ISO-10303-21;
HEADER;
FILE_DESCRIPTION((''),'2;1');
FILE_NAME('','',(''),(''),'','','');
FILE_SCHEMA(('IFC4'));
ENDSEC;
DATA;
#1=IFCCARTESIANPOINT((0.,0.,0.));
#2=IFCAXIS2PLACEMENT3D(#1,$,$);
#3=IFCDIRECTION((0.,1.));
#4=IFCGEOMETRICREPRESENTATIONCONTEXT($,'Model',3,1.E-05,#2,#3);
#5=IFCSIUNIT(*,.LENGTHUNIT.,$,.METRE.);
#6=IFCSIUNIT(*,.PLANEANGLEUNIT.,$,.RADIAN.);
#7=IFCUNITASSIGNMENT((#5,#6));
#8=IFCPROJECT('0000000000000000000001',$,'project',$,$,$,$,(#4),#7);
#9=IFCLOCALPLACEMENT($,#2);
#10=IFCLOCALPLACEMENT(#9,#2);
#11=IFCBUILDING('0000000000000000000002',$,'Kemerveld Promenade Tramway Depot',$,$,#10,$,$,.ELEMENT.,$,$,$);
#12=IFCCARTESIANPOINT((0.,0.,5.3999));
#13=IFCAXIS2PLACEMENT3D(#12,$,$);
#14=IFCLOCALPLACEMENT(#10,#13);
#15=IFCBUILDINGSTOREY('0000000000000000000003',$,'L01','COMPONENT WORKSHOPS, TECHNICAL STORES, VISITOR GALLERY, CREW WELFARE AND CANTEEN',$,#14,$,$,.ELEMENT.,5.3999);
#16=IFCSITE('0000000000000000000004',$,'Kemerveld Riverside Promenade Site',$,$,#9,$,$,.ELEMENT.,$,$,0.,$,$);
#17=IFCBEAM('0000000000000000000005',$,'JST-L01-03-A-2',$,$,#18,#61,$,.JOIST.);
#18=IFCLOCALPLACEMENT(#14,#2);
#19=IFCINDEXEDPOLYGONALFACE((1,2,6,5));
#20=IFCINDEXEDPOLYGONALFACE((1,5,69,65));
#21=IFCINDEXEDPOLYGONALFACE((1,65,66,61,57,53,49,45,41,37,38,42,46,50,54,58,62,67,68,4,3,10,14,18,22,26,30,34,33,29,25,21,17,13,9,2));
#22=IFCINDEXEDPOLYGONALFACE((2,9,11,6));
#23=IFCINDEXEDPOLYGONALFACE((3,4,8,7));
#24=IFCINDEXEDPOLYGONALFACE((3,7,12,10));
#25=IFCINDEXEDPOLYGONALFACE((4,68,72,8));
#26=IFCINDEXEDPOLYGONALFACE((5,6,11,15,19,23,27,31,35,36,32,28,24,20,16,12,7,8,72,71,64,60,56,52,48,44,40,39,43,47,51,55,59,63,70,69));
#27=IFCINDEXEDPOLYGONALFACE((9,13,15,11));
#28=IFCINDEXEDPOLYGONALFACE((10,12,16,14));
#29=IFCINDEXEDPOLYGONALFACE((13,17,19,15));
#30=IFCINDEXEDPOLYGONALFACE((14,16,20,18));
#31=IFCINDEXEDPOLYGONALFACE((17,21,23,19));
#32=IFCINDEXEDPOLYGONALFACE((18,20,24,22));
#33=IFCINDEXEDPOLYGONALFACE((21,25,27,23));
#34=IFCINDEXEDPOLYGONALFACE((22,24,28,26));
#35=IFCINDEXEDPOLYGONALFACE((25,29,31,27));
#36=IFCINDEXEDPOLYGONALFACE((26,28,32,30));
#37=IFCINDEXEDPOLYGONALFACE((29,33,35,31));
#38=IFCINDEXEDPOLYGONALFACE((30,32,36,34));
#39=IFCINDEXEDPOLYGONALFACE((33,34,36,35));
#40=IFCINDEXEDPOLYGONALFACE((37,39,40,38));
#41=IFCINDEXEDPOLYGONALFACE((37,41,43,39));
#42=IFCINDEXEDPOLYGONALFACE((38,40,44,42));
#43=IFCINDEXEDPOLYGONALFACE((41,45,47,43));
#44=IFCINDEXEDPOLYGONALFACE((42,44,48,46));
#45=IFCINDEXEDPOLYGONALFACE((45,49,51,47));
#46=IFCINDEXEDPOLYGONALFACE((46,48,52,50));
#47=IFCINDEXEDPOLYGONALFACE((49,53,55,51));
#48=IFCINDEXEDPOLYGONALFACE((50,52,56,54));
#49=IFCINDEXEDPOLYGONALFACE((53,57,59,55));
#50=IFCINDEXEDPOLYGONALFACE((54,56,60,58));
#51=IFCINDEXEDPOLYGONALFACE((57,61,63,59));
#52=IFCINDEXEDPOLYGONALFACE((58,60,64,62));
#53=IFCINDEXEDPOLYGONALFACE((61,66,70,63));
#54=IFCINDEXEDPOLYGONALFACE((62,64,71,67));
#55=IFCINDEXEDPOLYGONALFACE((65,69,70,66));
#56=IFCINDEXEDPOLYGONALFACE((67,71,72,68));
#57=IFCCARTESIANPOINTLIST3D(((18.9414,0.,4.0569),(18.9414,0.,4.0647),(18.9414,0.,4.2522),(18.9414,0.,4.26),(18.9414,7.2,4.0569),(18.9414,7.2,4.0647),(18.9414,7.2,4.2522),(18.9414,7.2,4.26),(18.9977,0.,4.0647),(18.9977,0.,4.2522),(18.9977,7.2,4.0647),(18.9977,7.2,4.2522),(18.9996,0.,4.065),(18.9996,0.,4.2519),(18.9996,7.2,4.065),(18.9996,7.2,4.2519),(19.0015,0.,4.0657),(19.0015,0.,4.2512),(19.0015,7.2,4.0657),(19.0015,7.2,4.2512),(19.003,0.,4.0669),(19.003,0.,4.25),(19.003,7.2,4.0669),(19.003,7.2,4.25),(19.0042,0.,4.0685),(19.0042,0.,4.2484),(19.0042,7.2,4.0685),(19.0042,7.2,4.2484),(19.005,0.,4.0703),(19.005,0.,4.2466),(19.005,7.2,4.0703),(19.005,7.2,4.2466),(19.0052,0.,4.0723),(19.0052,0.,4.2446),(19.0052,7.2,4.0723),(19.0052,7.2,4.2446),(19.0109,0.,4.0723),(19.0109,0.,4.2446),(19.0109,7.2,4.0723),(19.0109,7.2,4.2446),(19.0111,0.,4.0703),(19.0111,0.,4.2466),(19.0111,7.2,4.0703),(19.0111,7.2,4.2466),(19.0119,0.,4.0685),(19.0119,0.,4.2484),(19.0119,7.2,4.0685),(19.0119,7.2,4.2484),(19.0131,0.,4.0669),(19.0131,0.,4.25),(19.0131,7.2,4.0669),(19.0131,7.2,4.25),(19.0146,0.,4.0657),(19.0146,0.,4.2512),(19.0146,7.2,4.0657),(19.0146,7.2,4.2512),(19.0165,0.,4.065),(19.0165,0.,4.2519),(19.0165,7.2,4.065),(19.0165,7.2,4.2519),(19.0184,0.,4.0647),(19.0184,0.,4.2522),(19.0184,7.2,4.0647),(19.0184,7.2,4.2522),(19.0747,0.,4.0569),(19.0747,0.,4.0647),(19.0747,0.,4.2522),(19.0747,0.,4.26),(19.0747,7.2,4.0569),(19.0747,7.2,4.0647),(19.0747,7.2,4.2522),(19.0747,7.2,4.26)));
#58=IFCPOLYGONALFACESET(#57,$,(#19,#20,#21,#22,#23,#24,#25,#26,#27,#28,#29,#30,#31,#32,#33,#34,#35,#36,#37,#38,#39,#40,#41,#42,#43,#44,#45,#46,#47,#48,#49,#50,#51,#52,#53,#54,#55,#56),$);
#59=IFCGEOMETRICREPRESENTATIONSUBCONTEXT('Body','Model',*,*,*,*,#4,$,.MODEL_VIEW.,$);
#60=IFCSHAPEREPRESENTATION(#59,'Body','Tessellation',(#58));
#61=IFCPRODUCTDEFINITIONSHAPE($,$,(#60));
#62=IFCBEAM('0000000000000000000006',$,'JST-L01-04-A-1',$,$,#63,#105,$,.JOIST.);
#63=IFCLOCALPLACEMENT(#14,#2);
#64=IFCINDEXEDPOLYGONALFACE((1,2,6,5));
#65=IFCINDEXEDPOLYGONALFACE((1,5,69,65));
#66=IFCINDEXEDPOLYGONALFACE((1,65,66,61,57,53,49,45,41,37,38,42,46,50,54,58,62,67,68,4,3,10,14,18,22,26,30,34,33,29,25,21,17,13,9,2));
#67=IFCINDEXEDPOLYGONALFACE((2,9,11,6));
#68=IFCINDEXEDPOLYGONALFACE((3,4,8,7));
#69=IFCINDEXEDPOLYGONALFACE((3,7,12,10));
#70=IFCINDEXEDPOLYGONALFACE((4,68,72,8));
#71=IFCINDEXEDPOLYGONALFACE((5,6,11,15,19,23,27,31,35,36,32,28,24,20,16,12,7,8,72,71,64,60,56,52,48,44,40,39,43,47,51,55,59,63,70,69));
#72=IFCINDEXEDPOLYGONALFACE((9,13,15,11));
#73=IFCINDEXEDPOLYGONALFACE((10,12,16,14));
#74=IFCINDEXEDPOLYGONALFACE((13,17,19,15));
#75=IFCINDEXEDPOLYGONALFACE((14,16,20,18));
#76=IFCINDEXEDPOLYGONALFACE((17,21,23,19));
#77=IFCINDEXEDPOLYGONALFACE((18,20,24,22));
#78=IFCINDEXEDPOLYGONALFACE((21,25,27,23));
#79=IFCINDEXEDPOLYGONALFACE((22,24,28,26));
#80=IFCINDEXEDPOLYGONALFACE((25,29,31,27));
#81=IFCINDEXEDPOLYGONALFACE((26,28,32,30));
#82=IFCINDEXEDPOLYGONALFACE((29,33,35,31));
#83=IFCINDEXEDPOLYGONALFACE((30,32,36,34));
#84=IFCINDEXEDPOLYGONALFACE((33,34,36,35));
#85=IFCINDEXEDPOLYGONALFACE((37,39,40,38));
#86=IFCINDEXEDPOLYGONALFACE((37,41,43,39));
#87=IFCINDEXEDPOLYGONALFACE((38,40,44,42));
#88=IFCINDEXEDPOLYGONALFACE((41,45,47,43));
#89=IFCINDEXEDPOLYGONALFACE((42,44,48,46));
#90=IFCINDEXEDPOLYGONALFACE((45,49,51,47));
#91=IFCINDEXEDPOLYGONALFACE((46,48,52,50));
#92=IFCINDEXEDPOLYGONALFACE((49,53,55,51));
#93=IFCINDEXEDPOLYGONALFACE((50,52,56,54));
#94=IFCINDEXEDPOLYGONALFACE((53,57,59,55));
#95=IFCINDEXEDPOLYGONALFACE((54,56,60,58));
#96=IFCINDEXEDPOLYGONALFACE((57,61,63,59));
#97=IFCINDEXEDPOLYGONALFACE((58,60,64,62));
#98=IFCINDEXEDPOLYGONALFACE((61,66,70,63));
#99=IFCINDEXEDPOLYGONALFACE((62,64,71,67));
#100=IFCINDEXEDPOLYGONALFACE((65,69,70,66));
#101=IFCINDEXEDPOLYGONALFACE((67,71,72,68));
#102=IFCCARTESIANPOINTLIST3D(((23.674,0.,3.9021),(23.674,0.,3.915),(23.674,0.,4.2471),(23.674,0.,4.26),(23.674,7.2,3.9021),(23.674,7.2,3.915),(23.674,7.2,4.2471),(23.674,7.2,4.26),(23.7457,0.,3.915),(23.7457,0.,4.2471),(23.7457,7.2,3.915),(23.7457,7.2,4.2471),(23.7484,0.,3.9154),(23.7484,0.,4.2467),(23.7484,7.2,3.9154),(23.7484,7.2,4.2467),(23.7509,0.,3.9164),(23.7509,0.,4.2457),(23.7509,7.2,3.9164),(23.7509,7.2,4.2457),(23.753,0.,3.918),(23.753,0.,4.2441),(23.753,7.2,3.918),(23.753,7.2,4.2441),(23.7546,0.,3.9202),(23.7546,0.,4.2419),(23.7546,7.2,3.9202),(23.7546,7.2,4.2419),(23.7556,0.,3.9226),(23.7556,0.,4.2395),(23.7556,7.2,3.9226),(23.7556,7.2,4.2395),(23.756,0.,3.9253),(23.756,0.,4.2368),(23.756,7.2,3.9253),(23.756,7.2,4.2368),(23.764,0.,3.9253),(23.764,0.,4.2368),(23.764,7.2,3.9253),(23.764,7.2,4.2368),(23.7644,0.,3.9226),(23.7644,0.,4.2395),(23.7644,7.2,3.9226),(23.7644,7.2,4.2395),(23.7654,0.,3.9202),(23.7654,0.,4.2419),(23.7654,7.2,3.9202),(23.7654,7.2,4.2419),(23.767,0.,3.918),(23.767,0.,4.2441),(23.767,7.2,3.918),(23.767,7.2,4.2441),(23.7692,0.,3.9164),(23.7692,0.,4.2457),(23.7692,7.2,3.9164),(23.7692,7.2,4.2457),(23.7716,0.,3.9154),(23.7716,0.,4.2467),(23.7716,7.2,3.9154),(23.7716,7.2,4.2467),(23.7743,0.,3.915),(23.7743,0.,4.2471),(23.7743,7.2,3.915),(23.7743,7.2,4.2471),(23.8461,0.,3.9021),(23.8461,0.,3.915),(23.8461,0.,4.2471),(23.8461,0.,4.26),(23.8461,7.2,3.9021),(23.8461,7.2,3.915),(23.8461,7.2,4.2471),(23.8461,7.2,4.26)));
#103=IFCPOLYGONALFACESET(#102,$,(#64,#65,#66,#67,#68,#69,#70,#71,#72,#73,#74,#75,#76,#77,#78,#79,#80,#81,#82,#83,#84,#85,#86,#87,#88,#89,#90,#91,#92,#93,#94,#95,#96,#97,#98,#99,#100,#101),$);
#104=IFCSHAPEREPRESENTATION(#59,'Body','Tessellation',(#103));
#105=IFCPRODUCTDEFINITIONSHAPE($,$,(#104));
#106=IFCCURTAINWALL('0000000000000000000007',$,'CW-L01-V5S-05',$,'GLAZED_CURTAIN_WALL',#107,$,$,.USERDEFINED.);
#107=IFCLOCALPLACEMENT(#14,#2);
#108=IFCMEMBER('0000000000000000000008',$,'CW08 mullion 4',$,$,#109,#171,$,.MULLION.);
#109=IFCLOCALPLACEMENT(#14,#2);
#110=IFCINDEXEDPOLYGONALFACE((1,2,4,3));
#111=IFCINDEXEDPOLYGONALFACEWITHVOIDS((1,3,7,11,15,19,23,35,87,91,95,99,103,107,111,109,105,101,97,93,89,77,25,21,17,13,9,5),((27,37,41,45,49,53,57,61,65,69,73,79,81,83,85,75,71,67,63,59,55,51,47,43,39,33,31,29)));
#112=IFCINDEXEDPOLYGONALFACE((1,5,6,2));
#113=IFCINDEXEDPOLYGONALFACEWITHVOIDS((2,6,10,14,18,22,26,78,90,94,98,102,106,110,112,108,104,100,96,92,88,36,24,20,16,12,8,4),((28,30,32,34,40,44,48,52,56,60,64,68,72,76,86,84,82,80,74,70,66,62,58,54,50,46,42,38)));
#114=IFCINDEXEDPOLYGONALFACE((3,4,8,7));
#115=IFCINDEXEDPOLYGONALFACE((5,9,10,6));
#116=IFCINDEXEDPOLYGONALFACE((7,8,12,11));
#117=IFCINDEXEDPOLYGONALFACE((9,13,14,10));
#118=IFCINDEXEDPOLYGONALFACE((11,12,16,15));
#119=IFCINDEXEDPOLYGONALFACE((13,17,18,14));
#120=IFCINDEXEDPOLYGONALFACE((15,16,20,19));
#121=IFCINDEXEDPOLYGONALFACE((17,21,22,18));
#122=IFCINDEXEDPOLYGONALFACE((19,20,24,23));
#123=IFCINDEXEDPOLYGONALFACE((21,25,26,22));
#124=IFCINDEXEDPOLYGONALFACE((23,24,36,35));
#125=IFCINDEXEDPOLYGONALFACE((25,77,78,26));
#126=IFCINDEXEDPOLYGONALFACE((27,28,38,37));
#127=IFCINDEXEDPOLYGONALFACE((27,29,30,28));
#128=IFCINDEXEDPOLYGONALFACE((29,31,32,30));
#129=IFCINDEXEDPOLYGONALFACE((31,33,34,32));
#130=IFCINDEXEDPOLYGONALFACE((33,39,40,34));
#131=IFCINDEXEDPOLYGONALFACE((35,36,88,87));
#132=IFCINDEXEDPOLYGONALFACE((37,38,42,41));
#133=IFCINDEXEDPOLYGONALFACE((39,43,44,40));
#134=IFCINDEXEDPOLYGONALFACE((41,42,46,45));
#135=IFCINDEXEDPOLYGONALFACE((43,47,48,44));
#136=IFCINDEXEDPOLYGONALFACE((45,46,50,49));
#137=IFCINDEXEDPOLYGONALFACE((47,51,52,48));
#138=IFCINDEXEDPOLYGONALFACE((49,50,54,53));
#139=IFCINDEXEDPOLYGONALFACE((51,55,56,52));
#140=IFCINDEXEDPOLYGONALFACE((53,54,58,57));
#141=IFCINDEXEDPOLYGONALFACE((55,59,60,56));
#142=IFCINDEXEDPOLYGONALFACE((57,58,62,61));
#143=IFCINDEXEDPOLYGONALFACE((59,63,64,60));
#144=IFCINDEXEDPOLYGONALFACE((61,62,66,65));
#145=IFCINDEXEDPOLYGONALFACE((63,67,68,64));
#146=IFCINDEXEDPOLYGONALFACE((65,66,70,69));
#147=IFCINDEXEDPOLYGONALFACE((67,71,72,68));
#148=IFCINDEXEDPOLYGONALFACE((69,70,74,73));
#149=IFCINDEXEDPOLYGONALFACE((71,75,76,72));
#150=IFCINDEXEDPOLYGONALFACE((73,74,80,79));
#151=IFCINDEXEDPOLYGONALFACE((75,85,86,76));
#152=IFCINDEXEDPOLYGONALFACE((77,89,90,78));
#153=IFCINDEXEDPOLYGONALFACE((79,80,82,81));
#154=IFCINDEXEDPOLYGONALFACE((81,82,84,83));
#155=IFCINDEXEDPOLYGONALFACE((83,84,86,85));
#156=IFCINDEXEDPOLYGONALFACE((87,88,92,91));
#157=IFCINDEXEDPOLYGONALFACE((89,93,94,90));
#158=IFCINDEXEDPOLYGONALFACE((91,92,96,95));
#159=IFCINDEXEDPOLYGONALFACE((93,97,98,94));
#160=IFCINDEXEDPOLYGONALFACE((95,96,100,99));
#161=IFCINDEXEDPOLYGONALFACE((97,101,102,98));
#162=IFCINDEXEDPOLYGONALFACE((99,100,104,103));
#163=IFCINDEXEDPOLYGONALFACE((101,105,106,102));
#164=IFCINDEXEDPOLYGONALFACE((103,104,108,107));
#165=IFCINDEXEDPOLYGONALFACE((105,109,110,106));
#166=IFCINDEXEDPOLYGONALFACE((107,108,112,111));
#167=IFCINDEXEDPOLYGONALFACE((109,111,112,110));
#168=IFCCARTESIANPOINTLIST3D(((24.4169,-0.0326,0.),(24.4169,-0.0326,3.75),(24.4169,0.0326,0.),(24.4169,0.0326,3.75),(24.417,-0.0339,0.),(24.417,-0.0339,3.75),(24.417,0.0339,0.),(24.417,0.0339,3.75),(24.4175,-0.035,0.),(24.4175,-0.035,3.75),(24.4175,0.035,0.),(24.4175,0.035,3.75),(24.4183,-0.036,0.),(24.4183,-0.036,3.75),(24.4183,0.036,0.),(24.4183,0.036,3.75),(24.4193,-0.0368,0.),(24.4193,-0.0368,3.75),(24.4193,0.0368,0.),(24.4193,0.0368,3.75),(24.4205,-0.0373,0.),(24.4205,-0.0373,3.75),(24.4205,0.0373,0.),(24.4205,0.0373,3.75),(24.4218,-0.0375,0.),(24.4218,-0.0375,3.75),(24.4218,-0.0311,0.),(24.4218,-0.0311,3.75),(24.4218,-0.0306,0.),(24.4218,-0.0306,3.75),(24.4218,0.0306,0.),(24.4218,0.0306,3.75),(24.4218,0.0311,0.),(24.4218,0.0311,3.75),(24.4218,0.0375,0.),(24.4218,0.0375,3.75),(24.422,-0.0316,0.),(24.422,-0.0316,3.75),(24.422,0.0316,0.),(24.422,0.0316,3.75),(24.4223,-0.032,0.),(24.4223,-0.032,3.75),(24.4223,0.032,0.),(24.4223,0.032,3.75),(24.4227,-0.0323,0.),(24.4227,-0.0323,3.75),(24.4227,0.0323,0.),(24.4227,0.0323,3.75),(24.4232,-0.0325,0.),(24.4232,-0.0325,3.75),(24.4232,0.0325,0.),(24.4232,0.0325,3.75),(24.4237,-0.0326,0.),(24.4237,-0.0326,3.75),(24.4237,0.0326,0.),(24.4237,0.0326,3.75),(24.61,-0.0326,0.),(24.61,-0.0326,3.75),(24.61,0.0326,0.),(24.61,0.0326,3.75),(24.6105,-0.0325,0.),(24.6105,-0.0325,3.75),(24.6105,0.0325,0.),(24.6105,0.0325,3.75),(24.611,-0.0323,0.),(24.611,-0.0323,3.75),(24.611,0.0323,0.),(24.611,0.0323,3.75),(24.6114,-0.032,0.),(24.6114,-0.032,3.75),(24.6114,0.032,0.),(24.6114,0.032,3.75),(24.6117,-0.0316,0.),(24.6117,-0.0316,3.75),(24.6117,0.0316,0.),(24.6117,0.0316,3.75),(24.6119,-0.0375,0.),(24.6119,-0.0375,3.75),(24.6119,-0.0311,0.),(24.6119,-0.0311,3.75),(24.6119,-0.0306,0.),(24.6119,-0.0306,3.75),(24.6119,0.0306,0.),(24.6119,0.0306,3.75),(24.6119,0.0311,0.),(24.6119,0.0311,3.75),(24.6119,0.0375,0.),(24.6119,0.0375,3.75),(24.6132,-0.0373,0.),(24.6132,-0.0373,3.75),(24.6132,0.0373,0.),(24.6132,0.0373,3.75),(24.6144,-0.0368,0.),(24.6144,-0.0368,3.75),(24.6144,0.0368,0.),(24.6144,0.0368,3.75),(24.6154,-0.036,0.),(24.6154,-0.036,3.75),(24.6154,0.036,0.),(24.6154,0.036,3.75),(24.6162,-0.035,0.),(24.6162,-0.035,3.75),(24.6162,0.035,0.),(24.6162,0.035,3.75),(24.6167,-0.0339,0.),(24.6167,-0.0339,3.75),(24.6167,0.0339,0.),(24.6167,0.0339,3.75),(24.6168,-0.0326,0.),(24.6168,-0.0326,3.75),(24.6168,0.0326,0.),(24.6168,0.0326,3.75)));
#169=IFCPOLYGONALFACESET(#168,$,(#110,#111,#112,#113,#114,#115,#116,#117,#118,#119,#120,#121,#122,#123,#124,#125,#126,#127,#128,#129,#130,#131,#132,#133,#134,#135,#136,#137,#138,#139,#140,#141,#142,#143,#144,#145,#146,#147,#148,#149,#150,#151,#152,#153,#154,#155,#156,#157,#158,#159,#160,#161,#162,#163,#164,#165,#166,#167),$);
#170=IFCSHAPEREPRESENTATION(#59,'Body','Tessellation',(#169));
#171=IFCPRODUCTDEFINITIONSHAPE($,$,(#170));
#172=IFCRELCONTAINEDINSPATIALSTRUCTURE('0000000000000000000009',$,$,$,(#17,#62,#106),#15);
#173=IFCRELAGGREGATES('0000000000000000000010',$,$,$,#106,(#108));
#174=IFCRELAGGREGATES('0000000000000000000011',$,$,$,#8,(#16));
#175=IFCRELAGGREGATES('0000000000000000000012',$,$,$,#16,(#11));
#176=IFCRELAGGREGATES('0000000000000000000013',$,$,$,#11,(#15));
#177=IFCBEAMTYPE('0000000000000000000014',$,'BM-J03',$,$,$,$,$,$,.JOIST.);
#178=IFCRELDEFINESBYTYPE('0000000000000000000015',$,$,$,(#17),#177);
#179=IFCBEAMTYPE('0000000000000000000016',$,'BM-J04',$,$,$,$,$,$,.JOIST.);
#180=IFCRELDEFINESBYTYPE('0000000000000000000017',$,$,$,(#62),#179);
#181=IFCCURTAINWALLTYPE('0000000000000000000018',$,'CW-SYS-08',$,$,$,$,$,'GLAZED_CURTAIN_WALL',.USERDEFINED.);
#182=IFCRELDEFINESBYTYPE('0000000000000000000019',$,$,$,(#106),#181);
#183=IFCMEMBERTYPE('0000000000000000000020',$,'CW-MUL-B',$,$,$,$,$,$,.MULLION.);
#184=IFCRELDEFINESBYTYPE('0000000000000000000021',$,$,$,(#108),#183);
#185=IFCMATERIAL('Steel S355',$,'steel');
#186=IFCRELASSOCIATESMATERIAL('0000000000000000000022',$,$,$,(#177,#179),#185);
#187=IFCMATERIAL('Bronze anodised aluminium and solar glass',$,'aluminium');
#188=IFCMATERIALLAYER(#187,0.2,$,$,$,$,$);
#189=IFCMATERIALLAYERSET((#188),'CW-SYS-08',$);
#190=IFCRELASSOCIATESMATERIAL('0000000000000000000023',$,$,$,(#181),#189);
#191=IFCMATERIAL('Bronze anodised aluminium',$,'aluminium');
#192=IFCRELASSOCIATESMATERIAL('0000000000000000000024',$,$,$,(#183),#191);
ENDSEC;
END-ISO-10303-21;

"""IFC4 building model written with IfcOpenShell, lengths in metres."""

from ifc_helpers import new_model, si_unit, direction, frame, origin, origin_2d, place, context, subcontext, project, spatial, hollow_rectangle, i_section, extrude, material, layer, layer_set, material_profile, profile_set, type_object, element, aggregate, save


model = new_model("IFC4")

# Units and contexts
model_context = context("Model", 3, precision=1e-05, world=origin(), true_north=direction((0.0, 1.0)))
body_context = subcontext(model_context, "Body", "Model", "MODEL_VIEW")
ifc_project = project(units=[si_unit("LENGTHUNIT", "METRE"), si_unit("PLANEANGLEUNIT", "RADIAN")], contexts=[model_context])

# Site, building, storey
site_placement = place(None, origin())
site = spatial("IfcSite", under=ifc_project, at=site_placement, Name="Kemerveld Riverside Promenade Site", CompositionType="ELEMENT", RefElevation=0.0)
building_placement = place(site_placement, origin())
building = spatial("IfcBuilding", under=site, at=building_placement, Name="Kemerveld Promenade Tramway Depot", CompositionType="ELEMENT")
storey_placement = place(building_placement, frame((0.0, 0.0, 5.3999)))
storey = spatial("IfcBuildingStorey", under=building, at=storey_placement, Name="L01", Description="COMPONENT WORKSHOPS, TECHNICAL STORES, VISITOR GALLERY, CREW WELFARE AND CANTEEN", CompositionType="ELEMENT", Elevation=5.3999)

# Shared definitions
ifc_material_1 = material(Name="Steel S355", Category="steel")

# Beams
ifc_material_profile_1 = material_profile(ifc_material_1, i_section(OverallWidth=0.1333, OverallDepth=0.2031, WebThickness=0.0056, FlangeThickness=0.0078, FilletRadius=0.0076, at=origin_2d()), Name="203x133x25 UB")
ifc_profile_set_1 = profile_set([ifc_material_profile_1], Name="Steel S355")
beam_type_1 = type_object("IfcBeamType", Name="BM-J03", PredefinedType="JOIST", material=ifc_profile_set_1)
beam_1_placement = place(storey_placement, frame((19.0081, 0.0, 4.1584), z_axis=(0.0, 1.0, 0.0), x_axis=(-1.0, 0.0, 0.0)))
element("IfcBeam", 1, at=beam_1_placement, inside=storey, type_object=beam_type_1, Name="JST-L01-03-A-2", PredefinedType="JOIST", context=body_context, shape_type="SweptSolid", body=[
    extrude(i_section(OverallWidth=0.1333, OverallDepth=0.2031, WebThickness=0.0056, FlangeThickness=0.0078, FilletRadius=0.0076, at=origin_2d()), origin(), (0.0, 0.0, 1.0), 7.2),
])
ifc_material_profile_2 = material_profile(ifc_material_1, i_section(OverallWidth=0.1721, OverallDepth=0.3579, WebThickness=0.0081, FlangeThickness=0.0129, FilletRadius=0.0103, at=origin_2d()), Name="356x171x57 UB")
ifc_profile_set_2 = profile_set([ifc_material_profile_2], Name="Steel S355")
beam_type_2 = type_object("IfcBeamType", Name="BM-J04", PredefinedType="JOIST", material=ifc_profile_set_2)
beam_2_placement = place(storey_placement, frame((23.76, 0.0, 4.0811), z_axis=(0.0, 1.0, 0.0), x_axis=(-1.0, 0.0, 0.0)))
element("IfcBeam", 2, at=beam_2_placement, inside=storey, type_object=beam_type_2, Name="JST-L01-04-A-1", PredefinedType="JOIST", context=body_context, shape_type="SweptSolid", body=[
    extrude(i_section(OverallWidth=0.1721, OverallDepth=0.3579, WebThickness=0.0081, FlangeThickness=0.0129, FilletRadius=0.0103, at=origin_2d()), origin(), (0.0, 0.0, 1.0), 7.2),
])

# Curtain wall, member
ifc_material_2 = material(Name="Bronze anodised aluminium and solar glass", Category="aluminium")
ifc_layer_1 = layer(ifc_material_2, 0.2)
ifc_layer_set_1 = layer_set([ifc_layer_1], Name="CW-SYS-08")
curtain_wall_type = type_object("IfcCurtainWallType", Name="CW-SYS-08", ElementType="GLAZED_CURTAIN_WALL", PredefinedType="USERDEFINED", material=ifc_layer_set_1)
curtain_wall_placement = place(storey_placement, origin())
curtain_wall = element("IfcCurtainWall", 3, at=curtain_wall_placement, inside=storey, type_object=curtain_wall_type, Name="CW-L01-V5S-05", ObjectType="GLAZED_CURTAIN_WALL", PredefinedType="USERDEFINED")
ifc_material_3 = material(Name="Bronze anodised aluminium", Category="aluminium")
ifc_material_profile_3 = material_profile(ifc_material_3, hollow_rectangle(XDim=0.075, YDim=0.2, WallThickness=0.0049, InnerFilletRadius=0.002, OuterFilletRadius=0.0049, at=origin_2d()), Name="CW-MUL-200x75")
ifc_profile_set_3 = profile_set([ifc_material_profile_3], Name="Bronze anodised aluminium")
member_type_1 = type_object("IfcMemberType", Name="CW-MUL-B", PredefinedType="MULLION", material=ifc_profile_set_3)
member_1_placement = place(storey_placement, frame((24.5168, 0.0, 0.0), z_axis=(0.0, 0.0, 1.0), x_axis=(0.0, -1.0, 0.0)))
member_1 = element("IfcMember", 4, at=member_1_placement, type_object=member_type_1, Name="CW08 mullion 4", PredefinedType="MULLION", context=body_context, shape_type="SweptSolid", body=[
    extrude(hollow_rectangle(XDim=0.075, YDim=0.2, WallThickness=0.0049, InnerFilletRadius=0.002, OuterFilletRadius=0.0049, at=origin_2d()), origin(), (0.0, 0.0, 1.0), 3.75),
])
aggregate(curtain_wall, [member_1])

save(model, "model.ifc")
